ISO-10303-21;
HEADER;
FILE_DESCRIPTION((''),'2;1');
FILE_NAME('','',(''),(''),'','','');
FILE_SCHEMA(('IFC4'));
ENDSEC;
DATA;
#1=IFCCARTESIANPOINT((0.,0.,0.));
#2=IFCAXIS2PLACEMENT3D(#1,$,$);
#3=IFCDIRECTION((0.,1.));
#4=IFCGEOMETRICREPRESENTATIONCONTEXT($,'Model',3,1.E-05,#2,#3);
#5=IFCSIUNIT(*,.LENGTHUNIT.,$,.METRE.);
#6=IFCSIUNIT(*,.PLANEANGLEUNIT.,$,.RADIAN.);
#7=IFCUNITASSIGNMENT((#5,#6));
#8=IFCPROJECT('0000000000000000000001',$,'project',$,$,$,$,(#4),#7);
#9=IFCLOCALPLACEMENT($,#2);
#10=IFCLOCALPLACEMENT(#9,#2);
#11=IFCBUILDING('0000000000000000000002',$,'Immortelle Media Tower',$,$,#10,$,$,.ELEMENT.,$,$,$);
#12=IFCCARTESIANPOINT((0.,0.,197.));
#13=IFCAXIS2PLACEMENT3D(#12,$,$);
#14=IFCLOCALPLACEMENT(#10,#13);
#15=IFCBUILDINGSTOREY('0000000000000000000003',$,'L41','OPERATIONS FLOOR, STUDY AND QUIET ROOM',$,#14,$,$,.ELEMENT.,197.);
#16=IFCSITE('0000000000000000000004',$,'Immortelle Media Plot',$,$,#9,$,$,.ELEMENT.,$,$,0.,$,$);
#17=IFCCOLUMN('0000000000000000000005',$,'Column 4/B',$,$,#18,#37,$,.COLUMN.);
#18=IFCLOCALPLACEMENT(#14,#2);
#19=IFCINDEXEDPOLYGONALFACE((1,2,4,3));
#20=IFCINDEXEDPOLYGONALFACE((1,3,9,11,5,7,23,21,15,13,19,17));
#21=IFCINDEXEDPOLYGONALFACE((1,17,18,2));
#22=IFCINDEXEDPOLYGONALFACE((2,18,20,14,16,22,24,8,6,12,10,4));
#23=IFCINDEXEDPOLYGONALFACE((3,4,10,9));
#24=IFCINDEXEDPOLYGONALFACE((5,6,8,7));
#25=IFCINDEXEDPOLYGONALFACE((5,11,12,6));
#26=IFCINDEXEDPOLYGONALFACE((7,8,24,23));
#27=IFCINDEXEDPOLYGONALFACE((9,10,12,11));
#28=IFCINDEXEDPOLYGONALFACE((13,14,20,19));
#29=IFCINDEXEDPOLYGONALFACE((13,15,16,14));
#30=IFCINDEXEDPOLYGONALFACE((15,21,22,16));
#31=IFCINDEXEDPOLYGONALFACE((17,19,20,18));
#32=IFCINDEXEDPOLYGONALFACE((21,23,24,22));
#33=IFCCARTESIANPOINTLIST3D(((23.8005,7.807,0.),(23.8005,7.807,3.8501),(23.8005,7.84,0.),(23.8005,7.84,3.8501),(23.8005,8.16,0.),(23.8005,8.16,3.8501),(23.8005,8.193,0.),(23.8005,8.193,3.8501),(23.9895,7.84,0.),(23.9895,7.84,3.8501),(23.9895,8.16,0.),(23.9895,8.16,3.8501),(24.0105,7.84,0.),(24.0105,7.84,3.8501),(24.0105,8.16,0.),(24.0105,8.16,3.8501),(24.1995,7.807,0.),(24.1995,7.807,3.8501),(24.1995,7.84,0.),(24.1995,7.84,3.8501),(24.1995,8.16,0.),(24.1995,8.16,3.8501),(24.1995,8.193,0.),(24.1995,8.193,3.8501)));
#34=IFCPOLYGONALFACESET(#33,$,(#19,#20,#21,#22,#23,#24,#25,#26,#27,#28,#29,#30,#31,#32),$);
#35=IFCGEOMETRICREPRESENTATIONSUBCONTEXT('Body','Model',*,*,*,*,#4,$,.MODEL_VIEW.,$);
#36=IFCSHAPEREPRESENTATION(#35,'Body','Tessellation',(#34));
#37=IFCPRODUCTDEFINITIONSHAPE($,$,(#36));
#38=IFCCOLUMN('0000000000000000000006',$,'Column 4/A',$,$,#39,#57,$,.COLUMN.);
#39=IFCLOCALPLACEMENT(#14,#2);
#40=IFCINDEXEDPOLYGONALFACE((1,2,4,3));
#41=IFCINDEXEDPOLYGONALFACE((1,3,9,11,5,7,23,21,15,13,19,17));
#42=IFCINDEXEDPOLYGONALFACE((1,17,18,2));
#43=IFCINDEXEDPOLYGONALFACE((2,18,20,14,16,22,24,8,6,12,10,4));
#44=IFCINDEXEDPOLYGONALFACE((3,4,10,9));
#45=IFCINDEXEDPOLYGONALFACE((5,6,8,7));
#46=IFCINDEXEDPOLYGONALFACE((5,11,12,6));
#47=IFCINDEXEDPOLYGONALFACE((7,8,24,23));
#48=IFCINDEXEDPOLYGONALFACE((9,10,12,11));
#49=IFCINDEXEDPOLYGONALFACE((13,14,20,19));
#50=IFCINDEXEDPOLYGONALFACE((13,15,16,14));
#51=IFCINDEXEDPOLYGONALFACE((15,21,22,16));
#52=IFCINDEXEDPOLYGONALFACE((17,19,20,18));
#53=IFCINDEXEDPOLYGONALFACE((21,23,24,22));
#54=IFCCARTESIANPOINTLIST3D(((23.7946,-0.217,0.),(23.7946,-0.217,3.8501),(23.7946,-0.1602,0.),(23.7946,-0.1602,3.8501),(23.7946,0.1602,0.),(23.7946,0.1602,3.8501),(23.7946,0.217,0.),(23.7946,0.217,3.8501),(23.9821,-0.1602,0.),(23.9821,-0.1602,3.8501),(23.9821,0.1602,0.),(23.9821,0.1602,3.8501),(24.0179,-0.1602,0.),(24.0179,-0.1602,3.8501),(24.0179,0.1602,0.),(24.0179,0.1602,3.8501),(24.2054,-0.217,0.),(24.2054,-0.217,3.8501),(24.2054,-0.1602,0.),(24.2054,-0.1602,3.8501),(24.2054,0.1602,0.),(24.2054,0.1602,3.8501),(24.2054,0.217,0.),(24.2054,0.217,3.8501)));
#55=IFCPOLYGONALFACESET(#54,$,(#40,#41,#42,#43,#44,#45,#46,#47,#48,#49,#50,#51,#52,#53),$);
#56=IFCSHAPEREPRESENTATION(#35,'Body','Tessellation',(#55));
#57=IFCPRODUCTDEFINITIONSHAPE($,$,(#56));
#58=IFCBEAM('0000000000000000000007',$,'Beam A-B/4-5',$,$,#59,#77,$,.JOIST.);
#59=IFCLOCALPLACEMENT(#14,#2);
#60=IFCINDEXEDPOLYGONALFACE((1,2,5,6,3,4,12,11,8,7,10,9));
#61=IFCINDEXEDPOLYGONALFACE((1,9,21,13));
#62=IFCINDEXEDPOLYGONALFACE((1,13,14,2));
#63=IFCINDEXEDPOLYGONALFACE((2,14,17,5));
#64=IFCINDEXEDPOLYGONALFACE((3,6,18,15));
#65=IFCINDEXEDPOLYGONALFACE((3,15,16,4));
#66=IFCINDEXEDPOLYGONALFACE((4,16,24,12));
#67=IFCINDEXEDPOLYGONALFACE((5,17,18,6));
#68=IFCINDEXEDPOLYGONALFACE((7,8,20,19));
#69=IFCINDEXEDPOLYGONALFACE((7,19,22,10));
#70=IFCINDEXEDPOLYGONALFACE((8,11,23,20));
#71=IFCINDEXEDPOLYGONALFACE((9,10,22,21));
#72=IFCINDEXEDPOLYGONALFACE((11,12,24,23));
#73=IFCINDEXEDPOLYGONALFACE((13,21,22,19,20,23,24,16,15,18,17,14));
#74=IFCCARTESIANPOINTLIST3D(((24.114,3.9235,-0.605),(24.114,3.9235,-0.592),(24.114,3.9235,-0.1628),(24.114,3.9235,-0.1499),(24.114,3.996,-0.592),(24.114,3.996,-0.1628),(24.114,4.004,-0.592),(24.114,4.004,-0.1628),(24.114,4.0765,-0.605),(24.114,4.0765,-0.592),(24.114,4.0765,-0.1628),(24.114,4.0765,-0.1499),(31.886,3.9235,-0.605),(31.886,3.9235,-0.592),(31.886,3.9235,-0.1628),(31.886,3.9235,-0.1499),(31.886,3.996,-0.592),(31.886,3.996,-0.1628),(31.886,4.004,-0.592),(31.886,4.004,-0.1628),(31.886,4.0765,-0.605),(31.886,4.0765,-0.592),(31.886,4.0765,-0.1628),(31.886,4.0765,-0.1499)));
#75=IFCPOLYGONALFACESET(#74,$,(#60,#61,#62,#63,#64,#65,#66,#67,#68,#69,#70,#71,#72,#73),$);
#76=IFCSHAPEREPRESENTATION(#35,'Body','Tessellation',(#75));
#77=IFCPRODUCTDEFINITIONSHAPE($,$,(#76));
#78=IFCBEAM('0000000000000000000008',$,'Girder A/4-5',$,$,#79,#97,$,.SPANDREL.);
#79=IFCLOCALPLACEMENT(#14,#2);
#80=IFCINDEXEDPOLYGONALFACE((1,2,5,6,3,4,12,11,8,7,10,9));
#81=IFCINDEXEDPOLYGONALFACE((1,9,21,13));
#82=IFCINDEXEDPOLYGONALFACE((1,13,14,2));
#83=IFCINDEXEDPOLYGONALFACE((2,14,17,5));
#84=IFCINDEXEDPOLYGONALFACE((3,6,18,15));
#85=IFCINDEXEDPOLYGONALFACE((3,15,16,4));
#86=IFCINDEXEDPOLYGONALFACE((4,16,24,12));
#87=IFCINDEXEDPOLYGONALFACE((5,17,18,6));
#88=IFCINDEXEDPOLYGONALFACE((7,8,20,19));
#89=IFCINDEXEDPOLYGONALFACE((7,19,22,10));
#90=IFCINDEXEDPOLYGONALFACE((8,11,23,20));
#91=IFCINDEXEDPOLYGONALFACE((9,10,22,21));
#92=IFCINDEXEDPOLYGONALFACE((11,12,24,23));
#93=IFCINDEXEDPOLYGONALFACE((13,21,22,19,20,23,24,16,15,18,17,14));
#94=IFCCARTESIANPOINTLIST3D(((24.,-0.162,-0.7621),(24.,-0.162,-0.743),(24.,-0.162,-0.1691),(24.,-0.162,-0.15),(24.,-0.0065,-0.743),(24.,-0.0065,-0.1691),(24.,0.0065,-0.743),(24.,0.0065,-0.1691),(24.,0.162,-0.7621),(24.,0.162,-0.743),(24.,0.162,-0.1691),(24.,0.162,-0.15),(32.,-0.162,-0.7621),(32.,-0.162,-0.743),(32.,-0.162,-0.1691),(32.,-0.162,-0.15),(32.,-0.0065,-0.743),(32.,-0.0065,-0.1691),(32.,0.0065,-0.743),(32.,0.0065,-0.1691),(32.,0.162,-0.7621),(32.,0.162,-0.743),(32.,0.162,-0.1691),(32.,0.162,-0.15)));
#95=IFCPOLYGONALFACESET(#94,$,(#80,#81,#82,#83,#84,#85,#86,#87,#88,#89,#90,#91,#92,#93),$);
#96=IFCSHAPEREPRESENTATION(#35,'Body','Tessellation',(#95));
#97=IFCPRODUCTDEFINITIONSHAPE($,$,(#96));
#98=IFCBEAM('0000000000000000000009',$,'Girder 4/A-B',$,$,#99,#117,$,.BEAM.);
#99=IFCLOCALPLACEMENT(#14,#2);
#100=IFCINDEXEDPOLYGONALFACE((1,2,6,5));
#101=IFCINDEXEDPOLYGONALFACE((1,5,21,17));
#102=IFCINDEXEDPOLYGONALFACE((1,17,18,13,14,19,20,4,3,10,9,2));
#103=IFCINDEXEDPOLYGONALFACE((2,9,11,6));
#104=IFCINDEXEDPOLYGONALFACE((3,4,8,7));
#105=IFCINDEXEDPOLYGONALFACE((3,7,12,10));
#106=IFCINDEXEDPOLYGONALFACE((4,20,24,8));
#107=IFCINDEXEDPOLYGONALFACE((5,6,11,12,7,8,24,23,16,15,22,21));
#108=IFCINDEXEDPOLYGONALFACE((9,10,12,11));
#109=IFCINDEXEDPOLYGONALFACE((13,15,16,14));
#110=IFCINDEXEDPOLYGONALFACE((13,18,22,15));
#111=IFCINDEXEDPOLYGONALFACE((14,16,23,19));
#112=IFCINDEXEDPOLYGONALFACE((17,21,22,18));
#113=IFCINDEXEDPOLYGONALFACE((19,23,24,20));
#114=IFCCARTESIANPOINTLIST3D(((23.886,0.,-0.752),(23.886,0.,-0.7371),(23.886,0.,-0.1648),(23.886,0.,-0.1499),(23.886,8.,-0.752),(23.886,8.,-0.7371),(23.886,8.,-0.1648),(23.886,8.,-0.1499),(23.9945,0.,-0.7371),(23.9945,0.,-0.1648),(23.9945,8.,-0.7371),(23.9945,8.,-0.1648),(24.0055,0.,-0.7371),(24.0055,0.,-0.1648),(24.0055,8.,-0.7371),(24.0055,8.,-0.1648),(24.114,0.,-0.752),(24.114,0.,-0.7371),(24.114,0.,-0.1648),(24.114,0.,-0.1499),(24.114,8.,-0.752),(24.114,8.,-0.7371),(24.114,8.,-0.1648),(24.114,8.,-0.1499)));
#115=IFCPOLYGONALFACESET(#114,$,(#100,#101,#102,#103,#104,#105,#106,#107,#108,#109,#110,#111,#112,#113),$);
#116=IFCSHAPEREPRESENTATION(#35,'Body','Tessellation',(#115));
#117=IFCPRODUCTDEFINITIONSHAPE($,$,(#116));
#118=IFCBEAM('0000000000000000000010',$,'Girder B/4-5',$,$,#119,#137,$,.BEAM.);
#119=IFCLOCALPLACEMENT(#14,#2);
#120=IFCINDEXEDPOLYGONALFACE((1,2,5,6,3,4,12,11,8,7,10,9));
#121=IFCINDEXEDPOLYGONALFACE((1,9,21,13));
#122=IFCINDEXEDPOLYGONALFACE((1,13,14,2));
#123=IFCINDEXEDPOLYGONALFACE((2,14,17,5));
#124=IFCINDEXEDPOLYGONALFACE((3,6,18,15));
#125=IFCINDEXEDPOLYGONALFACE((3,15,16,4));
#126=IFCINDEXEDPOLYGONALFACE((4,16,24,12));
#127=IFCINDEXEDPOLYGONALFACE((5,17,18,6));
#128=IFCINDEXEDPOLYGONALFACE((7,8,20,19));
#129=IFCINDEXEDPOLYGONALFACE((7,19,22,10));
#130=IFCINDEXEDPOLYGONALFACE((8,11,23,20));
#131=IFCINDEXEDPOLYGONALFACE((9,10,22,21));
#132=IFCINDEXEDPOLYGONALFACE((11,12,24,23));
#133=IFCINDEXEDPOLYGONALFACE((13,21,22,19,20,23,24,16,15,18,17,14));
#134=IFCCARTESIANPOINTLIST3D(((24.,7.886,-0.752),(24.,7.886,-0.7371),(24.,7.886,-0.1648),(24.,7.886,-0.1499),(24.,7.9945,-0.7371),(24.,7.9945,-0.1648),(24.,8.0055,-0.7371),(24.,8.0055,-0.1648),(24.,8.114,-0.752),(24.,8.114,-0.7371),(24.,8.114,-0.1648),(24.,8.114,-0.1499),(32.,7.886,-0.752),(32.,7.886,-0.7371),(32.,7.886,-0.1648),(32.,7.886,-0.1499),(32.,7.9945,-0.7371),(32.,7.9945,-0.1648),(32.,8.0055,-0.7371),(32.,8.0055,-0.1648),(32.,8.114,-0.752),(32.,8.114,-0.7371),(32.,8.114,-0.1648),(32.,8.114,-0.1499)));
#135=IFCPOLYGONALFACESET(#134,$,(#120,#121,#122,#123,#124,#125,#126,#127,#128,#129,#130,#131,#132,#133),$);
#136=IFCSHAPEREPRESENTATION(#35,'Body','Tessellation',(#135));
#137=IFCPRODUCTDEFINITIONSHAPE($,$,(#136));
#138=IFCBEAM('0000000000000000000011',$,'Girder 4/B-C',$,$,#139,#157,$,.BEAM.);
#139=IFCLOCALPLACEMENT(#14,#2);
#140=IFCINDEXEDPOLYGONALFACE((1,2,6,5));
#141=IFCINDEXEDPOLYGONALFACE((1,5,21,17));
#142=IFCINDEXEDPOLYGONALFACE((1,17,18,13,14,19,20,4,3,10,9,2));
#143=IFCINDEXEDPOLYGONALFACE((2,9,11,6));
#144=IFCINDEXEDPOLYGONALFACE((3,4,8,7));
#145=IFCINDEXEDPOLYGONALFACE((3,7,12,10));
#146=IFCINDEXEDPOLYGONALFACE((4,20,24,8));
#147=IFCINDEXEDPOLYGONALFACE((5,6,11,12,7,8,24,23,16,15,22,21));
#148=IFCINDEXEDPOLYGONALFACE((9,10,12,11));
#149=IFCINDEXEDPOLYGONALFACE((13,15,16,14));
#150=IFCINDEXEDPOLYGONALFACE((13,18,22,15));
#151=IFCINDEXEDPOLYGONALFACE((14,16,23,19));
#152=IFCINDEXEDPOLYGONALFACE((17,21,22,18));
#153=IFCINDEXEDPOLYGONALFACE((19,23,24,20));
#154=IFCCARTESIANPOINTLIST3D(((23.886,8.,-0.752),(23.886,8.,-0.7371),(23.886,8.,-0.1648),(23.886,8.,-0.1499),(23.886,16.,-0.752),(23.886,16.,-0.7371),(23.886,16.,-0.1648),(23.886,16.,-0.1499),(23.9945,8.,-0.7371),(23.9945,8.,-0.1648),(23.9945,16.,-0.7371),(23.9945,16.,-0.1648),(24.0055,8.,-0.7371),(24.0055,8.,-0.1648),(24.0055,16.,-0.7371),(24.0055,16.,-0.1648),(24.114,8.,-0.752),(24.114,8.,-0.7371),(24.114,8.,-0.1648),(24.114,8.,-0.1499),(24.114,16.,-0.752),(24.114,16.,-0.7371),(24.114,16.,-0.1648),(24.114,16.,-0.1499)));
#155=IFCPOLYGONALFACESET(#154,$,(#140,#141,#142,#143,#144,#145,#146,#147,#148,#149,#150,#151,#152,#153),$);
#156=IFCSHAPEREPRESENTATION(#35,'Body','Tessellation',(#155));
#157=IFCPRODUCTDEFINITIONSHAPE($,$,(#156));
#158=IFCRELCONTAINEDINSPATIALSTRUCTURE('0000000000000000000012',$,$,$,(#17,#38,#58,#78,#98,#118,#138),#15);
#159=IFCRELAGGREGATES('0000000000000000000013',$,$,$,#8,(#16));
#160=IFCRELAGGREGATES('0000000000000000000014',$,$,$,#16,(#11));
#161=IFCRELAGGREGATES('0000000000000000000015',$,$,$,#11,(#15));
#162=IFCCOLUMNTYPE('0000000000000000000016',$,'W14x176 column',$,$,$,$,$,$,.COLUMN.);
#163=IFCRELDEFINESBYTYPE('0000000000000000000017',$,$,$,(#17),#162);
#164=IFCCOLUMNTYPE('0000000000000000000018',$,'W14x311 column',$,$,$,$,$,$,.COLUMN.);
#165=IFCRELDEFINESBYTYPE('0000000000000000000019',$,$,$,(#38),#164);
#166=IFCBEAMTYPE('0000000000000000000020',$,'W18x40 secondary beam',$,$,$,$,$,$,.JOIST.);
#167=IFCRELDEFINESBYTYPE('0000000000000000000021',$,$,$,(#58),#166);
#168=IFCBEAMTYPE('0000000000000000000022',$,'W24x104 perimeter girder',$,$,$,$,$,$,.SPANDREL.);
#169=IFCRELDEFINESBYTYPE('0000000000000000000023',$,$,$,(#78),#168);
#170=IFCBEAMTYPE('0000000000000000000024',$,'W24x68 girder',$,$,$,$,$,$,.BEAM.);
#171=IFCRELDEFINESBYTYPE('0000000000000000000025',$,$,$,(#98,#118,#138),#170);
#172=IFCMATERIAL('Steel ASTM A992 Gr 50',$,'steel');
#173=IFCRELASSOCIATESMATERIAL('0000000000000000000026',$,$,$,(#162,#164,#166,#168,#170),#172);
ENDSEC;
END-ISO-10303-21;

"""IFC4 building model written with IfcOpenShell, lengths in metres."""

from ifc_helpers import new_model, si_unit, direction, frame, origin, origin_2d, place, context, subcontext, project, spatial, i_section, extrude, material, material_profile, profile_set, type_object, element, save


model = new_model("IFC4")

# Units and contexts
model_context = context("Model", 3, precision=1e-05, world=origin(), true_north=direction((0.0, 1.0)))
body_context = subcontext(model_context, "Body", "Model", "MODEL_VIEW")
ifc_project = project(units=[si_unit("LENGTHUNIT", "METRE"), si_unit("PLANEANGLEUNIT", "RADIAN")], contexts=[model_context])

# Site, building, storey
site_placement = place(None, origin())
site = spatial("IfcSite", under=ifc_project, at=site_placement, Name="Immortelle Media Plot", CompositionType="ELEMENT", RefElevation=0.0)
building_placement = place(site_placement, origin())
building = spatial("IfcBuilding", under=site, at=building_placement, Name="Immortelle Media Tower", CompositionType="ELEMENT")
storey_placement = place(building_placement, frame((0.0, 0.0, 197.0)))
storey = spatial("IfcBuildingStorey", under=building, at=storey_placement, Name="L41", Description="OPERATIONS FLOOR, STUDY AND QUIET ROOM", CompositionType="ELEMENT", Elevation=197.0)

# Columns
ifc_material_1 = material(Name="Steel ASTM A992 Gr 50", Category="steel")
ifc_material_profile_1 = material_profile(ifc_material_1, i_section(OverallWidth=0.3989, OverallDepth=0.386, WebThickness=0.021, FlangeThickness=0.033, at=origin_2d()), Name="W14x176")
ifc_profile_set_1 = profile_set([ifc_material_profile_1], Name="Steel ASTM A992 Gr 50")
column_type_1 = type_object("IfcColumnType", Name="W14x176 column", PredefinedType="COLUMN", material=ifc_profile_set_1)
column_1_placement = place(storey_placement, frame((24.0, 8.0, 0.0), z_axis=(0.0, 0.0, 1.0), x_axis=(1.0, 0.0, 0.0)))
element("IfcColumn", 1, at=column_1_placement, inside=storey, type_object=column_type_1, Name="Column 4/B", PredefinedType="COLUMN", context=body_context, shape_type="SweptSolid", body=[
    extrude(i_section(OverallWidth=0.3989, OverallDepth=0.386, WebThickness=0.021, FlangeThickness=0.033, at=origin_2d()), origin(), (0.0, 0.0, 1.0), 3.8501),
])
ifc_material_profile_2 = material_profile(ifc_material_1, i_section(OverallWidth=0.4109, OverallDepth=0.4341, WebThickness=0.0359, FlangeThickness=0.0569, at=origin_2d()), Name="W14x311")
ifc_profile_set_2 = profile_set([ifc_material_profile_2], Name="Steel ASTM A992 Gr 50")
column_type_2 = type_object("IfcColumnType", Name="W14x311 column", PredefinedType="COLUMN", material=ifc_profile_set_2)
column_2_placement = place(storey_placement, frame((24.0, 0.0, 0.0), z_axis=(0.0, 0.0, 1.0), x_axis=(1.0, 0.0, 0.0)))
element("IfcColumn", 2, at=column_2_placement, inside=storey, type_object=column_type_2, Name="Column 4/A", PredefinedType="COLUMN", context=body_context, shape_type="SweptSolid", body=[
    extrude(i_section(OverallWidth=0.4109, OverallDepth=0.4341, WebThickness=0.0359, FlangeThickness=0.0569, at=origin_2d()), origin(), (0.0, 0.0, 1.0), 3.8501),
])

# Beams
ifc_material_profile_3 = material_profile(ifc_material_1, i_section(OverallWidth=0.1531, OverallDepth=0.4551, WebThickness=0.0081, FlangeThickness=0.0129, at=origin_2d()), Name="W18x40")
ifc_profile_set_3 = profile_set([ifc_material_profile_3], Name="Steel ASTM A992 Gr 50")
beam_type_1 = type_object("IfcBeamType", Name="W18x40 secondary beam", PredefinedType="JOIST", material=ifc_profile_set_3)
beam_1_placement = place(storey_placement, frame((24.114, 4.0, -0.3774), z_axis=(1.0, 0.0, 0.0), x_axis=(0.0, 1.0, 0.0)))
element("IfcBeam", 3, at=beam_1_placement, inside=storey, type_object=beam_type_1, Name="Beam A-B/4-5", PredefinedType="JOIST", context=body_context, shape_type="SweptSolid", body=[
    extrude(i_section(OverallWidth=0.1531, OverallDepth=0.4551, WebThickness=0.0081, FlangeThickness=0.0129, at=origin_2d()), origin(), (0.0, 0.0, 1.0), 7.772),
])
ifc_material_profile_4 = material_profile(ifc_material_1, i_section(OverallWidth=0.324, OverallDepth=0.6121, WebThickness=0.0129, FlangeThickness=0.019, at=origin_2d()), Name="W24x104")
ifc_profile_set_4 = profile_set([ifc_material_profile_4], Name="Steel ASTM A992 Gr 50")
beam_type_2 = type_object("IfcBeamType", Name="W24x104 perimeter girder", PredefinedType="SPANDREL", material=ifc_profile_set_4)
beam_2_placement = place(storey_placement, frame((24.0, 0.0, -0.4561), z_axis=(1.0, 0.0, 0.0), x_axis=(0.0, 1.0, 0.0)))
element("IfcBeam", 4, at=beam_2_placement, inside=storey, type_object=beam_type_2, Name="Girder A/4-5", PredefinedType="SPANDREL", context=body_context, shape_type="SweptSolid", body=[
    extrude(i_section(OverallWidth=0.324, OverallDepth=0.6121, WebThickness=0.0129, FlangeThickness=0.019, at=origin_2d()), origin(), (0.0, 0.0, 1.0), 8.0),
])
ifc_material_profile_5 = material_profile(ifc_material_1, i_section(OverallWidth=0.228, OverallDepth=0.6021, WebThickness=0.011, FlangeThickness=0.0149, at=origin_2d()), Name="W24x68")
ifc_profile_set_5 = profile_set([ifc_material_profile_5], Name="Steel ASTM A992 Gr 50")
beam_type_3 = type_object("IfcBeamType", Name="W24x68 girder", PredefinedType="BEAM", material=ifc_profile_set_5)
for number, where, z_axis, x_axis, name in (
    (5, (24.0, 0.0, -0.4509), (0.0, 1.0, 0.0), (-1.0, 0.0, 0.0), "Girder 4/A-B"),
    (6, (24.0, 8.0, -0.4509), (1.0, 0.0, 0.0), (0.0, 1.0, 0.0), "Girder B/4-5"),
    (7, (24.0, 8.0, -0.4509), (0.0, 1.0, 0.0), (-1.0, 0.0, 0.0), "Girder 4/B-C"),
):
    element("IfcBeam", number, at=place(storey_placement, frame(where, z_axis=z_axis, x_axis=x_axis)), inside=storey, type_object=beam_type_3, Name=name, PredefinedType="BEAM", context=body_context, shape_type="SweptSolid", body=[
        extrude(i_section(OverallWidth=0.228, OverallDepth=0.6021, WebThickness=0.011, FlangeThickness=0.0149, at=origin_2d()), origin(), (0.0, 0.0, 1.0), 8.0),
    ])

save(model, "model.ifc")
